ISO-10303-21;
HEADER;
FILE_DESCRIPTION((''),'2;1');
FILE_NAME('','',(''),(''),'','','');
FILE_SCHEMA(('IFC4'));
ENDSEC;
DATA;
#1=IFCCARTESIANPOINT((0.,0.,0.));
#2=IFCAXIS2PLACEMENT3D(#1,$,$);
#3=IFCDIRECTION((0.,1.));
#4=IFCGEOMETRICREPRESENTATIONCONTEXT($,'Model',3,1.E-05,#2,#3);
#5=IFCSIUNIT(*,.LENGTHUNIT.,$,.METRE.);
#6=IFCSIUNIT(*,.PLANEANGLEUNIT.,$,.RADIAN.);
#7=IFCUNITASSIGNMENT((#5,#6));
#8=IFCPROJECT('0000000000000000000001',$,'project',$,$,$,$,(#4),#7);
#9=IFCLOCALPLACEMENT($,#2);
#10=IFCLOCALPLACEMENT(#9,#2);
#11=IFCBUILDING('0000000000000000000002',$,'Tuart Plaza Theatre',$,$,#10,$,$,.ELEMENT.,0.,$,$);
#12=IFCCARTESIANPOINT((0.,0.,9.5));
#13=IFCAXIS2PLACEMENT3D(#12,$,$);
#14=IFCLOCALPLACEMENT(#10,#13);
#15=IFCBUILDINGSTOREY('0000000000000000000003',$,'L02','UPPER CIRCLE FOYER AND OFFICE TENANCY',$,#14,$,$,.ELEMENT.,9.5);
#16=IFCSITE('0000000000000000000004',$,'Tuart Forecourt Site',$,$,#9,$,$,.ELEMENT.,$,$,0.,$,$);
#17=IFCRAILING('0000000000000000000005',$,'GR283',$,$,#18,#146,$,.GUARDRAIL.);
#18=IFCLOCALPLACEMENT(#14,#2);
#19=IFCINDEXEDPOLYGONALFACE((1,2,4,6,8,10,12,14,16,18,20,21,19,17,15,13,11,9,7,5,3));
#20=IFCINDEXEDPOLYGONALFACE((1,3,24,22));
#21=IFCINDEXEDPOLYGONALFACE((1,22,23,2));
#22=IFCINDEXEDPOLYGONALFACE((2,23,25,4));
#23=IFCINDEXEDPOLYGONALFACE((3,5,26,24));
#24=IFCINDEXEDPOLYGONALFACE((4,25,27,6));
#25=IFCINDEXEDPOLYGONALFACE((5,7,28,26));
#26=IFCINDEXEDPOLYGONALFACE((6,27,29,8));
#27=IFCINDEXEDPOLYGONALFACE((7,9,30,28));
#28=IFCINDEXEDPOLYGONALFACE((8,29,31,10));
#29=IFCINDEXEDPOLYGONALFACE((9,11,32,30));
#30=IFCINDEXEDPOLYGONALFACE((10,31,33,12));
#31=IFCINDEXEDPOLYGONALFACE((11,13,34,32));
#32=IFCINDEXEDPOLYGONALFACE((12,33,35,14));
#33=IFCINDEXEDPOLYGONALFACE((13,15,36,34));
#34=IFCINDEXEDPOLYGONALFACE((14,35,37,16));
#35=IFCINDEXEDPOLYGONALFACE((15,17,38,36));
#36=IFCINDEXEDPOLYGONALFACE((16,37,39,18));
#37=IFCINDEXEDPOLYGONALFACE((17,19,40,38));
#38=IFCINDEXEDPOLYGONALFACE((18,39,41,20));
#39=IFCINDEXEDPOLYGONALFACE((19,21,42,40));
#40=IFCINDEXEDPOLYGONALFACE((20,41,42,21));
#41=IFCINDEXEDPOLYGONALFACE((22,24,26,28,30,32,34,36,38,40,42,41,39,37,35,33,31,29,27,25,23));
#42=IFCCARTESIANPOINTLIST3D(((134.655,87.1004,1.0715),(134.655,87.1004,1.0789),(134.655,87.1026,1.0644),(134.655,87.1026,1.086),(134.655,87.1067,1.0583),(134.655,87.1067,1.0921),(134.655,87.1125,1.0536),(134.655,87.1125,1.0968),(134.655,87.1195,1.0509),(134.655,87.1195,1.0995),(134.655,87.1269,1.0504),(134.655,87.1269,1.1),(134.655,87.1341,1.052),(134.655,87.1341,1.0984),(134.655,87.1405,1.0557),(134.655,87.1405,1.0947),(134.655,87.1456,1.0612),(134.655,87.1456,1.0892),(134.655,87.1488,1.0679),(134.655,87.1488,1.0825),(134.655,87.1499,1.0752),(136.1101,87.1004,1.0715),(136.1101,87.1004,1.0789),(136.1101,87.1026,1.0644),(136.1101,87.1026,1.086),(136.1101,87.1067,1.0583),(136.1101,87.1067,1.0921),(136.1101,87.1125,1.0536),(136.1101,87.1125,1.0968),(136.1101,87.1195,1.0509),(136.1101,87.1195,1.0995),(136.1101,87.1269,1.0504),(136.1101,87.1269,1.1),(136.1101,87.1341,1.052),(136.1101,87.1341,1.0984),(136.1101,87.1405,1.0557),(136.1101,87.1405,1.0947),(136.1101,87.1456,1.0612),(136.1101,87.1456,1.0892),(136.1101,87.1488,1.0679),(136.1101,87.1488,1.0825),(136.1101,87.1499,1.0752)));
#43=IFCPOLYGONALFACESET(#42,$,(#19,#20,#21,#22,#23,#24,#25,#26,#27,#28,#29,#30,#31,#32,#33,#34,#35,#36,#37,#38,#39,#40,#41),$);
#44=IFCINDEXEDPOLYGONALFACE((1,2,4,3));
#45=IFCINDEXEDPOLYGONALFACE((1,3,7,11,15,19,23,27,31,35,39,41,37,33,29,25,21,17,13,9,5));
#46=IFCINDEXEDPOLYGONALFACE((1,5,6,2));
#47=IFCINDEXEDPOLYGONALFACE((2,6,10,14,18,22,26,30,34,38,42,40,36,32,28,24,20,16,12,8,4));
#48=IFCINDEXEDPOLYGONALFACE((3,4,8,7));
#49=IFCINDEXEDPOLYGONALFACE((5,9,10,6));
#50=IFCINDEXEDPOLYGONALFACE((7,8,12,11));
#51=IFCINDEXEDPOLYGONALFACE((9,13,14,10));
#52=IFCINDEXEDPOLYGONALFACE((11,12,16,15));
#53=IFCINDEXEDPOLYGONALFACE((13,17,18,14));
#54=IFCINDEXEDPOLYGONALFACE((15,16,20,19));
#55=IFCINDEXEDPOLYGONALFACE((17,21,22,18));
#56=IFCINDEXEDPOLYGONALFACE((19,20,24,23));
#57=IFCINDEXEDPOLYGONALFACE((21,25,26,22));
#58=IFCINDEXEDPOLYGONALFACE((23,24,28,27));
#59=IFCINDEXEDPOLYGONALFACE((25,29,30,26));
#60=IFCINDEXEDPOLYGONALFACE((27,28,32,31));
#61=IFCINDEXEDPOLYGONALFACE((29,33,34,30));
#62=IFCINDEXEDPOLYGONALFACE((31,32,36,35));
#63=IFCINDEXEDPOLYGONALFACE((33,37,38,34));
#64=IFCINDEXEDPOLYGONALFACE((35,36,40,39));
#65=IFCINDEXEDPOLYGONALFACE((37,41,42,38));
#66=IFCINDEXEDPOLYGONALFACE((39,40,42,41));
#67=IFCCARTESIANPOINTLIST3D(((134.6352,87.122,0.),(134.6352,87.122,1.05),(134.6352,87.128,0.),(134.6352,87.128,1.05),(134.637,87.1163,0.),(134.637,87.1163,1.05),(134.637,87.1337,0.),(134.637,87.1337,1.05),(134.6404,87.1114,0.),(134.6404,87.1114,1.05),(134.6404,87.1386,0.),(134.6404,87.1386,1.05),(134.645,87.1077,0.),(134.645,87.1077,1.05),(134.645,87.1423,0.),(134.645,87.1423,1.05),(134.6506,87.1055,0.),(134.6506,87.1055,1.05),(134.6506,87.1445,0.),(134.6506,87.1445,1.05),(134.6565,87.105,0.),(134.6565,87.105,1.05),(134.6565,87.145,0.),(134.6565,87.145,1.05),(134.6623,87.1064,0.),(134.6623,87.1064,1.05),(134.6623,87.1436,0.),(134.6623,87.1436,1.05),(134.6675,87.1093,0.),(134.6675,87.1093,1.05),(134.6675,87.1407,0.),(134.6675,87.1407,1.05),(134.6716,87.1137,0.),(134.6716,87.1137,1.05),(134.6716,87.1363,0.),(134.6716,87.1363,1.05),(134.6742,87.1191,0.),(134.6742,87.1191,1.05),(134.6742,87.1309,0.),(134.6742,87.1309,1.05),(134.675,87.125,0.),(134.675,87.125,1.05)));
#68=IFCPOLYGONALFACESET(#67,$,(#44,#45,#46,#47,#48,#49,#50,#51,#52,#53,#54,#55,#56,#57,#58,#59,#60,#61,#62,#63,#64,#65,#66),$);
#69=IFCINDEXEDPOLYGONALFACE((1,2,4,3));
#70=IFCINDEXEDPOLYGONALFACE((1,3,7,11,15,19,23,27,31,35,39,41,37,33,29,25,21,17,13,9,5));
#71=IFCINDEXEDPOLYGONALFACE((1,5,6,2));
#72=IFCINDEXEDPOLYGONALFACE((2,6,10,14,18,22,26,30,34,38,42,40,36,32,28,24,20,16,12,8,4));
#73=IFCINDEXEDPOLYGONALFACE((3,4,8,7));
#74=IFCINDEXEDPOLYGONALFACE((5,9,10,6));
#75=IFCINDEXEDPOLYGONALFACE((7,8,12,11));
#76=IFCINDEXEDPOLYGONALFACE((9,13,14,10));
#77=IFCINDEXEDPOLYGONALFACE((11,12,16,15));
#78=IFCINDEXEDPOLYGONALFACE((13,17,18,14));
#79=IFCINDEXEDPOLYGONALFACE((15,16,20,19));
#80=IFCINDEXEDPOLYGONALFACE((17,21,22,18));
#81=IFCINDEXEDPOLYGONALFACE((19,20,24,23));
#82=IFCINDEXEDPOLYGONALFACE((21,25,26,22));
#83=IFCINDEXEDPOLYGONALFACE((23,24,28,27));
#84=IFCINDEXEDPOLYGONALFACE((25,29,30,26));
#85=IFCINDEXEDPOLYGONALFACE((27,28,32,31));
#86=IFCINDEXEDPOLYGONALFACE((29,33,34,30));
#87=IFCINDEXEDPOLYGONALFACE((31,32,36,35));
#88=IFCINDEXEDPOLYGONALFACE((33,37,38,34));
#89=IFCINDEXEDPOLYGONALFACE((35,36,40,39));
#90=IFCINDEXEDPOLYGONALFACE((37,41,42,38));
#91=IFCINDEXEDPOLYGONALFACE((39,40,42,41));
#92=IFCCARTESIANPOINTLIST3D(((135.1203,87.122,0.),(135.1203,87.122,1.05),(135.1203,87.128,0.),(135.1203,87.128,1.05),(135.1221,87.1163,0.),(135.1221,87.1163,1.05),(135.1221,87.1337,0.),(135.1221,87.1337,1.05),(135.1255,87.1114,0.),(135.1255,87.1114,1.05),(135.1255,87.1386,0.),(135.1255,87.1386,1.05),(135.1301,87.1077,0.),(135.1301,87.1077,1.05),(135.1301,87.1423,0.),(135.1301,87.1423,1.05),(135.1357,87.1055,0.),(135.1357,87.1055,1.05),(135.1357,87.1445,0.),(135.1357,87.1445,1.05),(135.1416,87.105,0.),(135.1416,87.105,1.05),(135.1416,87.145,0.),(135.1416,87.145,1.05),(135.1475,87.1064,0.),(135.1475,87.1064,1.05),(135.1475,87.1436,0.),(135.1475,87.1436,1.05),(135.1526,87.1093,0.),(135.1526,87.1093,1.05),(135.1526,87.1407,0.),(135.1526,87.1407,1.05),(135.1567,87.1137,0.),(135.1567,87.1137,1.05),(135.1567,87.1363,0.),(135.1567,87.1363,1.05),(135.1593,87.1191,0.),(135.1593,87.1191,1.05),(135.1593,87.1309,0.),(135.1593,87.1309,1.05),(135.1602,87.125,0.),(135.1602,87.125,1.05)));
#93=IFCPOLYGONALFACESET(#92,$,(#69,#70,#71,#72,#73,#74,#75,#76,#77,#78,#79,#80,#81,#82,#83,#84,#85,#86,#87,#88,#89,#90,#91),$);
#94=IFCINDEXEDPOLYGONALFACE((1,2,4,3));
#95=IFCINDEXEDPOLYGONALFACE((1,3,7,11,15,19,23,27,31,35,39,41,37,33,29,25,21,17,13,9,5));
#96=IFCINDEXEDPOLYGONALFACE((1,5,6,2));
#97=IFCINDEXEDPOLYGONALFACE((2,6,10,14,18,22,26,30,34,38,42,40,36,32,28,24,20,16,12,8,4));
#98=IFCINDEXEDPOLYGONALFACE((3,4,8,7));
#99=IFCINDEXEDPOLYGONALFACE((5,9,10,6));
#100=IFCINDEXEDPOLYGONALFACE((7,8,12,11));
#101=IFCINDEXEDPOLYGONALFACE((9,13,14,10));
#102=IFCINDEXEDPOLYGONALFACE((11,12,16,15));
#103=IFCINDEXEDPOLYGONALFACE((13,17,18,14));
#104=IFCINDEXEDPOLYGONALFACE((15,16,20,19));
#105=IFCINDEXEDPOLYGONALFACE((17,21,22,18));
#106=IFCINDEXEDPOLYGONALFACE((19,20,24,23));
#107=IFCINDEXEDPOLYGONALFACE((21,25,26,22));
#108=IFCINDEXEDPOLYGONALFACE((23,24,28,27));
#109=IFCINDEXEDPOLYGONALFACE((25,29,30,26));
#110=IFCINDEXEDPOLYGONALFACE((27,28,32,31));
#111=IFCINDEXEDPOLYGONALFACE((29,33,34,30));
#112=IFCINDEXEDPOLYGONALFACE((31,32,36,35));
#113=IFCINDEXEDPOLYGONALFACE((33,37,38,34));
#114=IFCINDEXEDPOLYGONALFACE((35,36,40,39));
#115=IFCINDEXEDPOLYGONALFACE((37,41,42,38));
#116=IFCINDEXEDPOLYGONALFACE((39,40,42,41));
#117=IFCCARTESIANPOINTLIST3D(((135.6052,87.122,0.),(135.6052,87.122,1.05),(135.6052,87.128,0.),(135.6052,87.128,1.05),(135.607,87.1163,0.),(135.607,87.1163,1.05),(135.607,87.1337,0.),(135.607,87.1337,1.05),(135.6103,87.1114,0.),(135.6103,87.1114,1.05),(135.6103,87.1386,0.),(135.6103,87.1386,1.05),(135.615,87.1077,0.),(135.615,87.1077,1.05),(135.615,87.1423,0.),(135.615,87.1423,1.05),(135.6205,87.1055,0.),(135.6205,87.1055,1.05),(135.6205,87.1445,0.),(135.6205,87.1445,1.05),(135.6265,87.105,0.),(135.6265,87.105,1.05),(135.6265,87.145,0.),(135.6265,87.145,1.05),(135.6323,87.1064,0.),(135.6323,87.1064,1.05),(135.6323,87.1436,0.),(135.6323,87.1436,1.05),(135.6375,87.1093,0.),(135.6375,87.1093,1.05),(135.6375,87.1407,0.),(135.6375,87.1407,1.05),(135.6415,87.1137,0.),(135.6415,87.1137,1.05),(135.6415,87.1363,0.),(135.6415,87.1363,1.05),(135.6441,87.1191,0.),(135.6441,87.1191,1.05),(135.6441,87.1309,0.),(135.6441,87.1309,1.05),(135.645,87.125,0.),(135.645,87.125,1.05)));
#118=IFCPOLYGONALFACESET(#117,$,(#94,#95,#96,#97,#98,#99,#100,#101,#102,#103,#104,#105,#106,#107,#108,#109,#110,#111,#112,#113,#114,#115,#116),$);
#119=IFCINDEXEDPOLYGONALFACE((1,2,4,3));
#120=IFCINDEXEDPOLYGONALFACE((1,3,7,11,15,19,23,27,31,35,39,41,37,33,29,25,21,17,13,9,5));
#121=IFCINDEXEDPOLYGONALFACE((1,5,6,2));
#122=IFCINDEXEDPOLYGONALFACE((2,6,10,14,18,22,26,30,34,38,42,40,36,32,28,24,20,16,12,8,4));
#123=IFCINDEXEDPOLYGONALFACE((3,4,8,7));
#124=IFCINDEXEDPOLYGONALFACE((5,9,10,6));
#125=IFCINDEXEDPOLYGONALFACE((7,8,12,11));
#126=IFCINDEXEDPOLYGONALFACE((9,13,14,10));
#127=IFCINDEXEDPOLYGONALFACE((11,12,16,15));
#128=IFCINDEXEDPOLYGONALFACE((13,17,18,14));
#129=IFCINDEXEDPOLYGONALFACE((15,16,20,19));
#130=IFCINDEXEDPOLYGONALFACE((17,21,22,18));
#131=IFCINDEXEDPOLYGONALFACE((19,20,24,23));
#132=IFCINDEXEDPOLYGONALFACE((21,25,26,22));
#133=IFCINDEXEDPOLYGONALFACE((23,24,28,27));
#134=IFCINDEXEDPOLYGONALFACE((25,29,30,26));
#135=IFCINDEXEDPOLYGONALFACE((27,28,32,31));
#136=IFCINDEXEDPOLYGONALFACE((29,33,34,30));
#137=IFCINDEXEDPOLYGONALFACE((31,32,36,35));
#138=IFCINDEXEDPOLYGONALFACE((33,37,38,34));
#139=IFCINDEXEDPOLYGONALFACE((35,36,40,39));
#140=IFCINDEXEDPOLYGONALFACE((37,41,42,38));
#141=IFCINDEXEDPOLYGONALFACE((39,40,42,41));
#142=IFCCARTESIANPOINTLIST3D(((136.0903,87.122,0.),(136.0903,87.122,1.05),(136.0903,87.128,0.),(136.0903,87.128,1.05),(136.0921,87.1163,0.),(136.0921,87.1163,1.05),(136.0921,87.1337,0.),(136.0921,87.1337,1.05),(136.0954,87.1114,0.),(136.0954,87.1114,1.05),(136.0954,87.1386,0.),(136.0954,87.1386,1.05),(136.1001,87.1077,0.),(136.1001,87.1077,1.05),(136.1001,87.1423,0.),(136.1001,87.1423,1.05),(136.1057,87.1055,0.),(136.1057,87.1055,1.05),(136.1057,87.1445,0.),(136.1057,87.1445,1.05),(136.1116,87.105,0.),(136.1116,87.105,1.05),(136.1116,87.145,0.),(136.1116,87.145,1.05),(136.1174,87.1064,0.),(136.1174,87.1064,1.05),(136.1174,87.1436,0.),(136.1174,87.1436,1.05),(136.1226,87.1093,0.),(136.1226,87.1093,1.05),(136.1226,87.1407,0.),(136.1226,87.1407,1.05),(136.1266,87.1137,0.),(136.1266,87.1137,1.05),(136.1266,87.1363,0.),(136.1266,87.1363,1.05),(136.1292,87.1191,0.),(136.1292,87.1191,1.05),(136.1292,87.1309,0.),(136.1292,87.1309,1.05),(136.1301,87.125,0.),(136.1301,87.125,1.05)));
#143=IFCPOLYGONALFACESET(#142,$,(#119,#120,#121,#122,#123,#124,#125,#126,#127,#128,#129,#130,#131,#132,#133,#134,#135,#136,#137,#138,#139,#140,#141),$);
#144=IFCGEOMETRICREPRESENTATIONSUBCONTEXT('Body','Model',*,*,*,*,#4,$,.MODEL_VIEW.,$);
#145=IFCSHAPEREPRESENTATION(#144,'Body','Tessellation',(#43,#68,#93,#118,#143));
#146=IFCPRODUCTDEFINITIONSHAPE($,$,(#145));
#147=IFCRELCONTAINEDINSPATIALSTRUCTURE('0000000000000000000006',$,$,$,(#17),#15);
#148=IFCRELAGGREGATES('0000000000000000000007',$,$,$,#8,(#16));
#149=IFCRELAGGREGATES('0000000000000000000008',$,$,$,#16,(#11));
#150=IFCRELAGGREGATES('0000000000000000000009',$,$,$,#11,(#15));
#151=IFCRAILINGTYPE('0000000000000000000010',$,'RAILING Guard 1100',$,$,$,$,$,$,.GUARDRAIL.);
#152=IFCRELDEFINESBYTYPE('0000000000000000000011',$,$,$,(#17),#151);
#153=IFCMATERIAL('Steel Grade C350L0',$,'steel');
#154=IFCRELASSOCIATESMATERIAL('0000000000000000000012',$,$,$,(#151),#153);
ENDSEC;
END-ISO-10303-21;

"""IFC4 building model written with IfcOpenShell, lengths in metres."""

from ifc_helpers import new_model, si_unit, direction, frame, origin, origin_2d, place, context, subcontext, project, spatial, circle, extrude, material, type_object, element, save


model = new_model("IFC4")

# Units and contexts
model_context = context("Model", 3, precision=1e-05, world=origin(), true_north=direction((0.0, 1.0)))
body_context = subcontext(model_context, "Body", "Model", "MODEL_VIEW")
ifc_project = project(units=[si_unit("LENGTHUNIT", "METRE"), si_unit("PLANEANGLEUNIT", "RADIAN")], contexts=[model_context])

# Site, building, storey
site_placement = place(None, origin())
site = spatial("IfcSite", under=ifc_project, at=site_placement, Name="Tuart Forecourt Site", CompositionType="ELEMENT", RefElevation=0.0)
building_placement = place(site_placement, origin())
building = spatial("IfcBuilding", under=site, at=building_placement, Name="Tuart Plaza Theatre", CompositionType="ELEMENT", ElevationOfRefHeight=0.0)
storey_placement = place(building_placement, frame((0.0, 0.0, 9.5)))
storey = spatial("IfcBuildingStorey", under=building, at=storey_placement, Name="L02", Description="UPPER CIRCLE FOYER AND OFFICE TENANCY", CompositionType="ELEMENT", Elevation=9.5)

# Railing
ifc_material_1 = material(Name="Steel Grade C350L0", Category="steel")
railing_type_1 = type_object("IfcRailingType", Name="RAILING Guard 1100", PredefinedType="GUARDRAIL", material=ifc_material_1)
railing_1_placement = place(storey_placement, frame((134.655, 87.125, 0.0)))
element("IfcRailing", 1, at=railing_1_placement, inside=storey, type_object=railing_type_1, Name="GR283", PredefinedType="GUARDRAIL", context=body_context, shape_type="SweptSolid", body=[
    extrude(circle(Radius=0.0249, at=origin_2d()), frame((0.0, 0.0, 1.0752), z_axis=(1.0, 0.0, 0.0), x_axis=(0.0, 1.0, 0.0)), (0.0, 0.0, 1.0), 1.4551),
    extrude(circle(Radius=0.02, at=origin_2d()), origin(), (0.0, 0.0, 1.0), 1.05),
    extrude(circle(Radius=0.02, at=origin_2d()), frame((0.4851, 0.0, 0.0)), (0.0, 0.0, 1.0), 1.05),
    extrude(circle(Radius=0.02, at=origin_2d()), frame((0.97, 0.0, 0.0)), (0.0, 0.0, 1.0), 1.05),
    extrude(circle(Radius=0.02, at=origin_2d()), frame((1.4551, 0.0, 0.0)), (0.0, 0.0, 1.0), 1.05),
])

save(model, "model.ifc")
